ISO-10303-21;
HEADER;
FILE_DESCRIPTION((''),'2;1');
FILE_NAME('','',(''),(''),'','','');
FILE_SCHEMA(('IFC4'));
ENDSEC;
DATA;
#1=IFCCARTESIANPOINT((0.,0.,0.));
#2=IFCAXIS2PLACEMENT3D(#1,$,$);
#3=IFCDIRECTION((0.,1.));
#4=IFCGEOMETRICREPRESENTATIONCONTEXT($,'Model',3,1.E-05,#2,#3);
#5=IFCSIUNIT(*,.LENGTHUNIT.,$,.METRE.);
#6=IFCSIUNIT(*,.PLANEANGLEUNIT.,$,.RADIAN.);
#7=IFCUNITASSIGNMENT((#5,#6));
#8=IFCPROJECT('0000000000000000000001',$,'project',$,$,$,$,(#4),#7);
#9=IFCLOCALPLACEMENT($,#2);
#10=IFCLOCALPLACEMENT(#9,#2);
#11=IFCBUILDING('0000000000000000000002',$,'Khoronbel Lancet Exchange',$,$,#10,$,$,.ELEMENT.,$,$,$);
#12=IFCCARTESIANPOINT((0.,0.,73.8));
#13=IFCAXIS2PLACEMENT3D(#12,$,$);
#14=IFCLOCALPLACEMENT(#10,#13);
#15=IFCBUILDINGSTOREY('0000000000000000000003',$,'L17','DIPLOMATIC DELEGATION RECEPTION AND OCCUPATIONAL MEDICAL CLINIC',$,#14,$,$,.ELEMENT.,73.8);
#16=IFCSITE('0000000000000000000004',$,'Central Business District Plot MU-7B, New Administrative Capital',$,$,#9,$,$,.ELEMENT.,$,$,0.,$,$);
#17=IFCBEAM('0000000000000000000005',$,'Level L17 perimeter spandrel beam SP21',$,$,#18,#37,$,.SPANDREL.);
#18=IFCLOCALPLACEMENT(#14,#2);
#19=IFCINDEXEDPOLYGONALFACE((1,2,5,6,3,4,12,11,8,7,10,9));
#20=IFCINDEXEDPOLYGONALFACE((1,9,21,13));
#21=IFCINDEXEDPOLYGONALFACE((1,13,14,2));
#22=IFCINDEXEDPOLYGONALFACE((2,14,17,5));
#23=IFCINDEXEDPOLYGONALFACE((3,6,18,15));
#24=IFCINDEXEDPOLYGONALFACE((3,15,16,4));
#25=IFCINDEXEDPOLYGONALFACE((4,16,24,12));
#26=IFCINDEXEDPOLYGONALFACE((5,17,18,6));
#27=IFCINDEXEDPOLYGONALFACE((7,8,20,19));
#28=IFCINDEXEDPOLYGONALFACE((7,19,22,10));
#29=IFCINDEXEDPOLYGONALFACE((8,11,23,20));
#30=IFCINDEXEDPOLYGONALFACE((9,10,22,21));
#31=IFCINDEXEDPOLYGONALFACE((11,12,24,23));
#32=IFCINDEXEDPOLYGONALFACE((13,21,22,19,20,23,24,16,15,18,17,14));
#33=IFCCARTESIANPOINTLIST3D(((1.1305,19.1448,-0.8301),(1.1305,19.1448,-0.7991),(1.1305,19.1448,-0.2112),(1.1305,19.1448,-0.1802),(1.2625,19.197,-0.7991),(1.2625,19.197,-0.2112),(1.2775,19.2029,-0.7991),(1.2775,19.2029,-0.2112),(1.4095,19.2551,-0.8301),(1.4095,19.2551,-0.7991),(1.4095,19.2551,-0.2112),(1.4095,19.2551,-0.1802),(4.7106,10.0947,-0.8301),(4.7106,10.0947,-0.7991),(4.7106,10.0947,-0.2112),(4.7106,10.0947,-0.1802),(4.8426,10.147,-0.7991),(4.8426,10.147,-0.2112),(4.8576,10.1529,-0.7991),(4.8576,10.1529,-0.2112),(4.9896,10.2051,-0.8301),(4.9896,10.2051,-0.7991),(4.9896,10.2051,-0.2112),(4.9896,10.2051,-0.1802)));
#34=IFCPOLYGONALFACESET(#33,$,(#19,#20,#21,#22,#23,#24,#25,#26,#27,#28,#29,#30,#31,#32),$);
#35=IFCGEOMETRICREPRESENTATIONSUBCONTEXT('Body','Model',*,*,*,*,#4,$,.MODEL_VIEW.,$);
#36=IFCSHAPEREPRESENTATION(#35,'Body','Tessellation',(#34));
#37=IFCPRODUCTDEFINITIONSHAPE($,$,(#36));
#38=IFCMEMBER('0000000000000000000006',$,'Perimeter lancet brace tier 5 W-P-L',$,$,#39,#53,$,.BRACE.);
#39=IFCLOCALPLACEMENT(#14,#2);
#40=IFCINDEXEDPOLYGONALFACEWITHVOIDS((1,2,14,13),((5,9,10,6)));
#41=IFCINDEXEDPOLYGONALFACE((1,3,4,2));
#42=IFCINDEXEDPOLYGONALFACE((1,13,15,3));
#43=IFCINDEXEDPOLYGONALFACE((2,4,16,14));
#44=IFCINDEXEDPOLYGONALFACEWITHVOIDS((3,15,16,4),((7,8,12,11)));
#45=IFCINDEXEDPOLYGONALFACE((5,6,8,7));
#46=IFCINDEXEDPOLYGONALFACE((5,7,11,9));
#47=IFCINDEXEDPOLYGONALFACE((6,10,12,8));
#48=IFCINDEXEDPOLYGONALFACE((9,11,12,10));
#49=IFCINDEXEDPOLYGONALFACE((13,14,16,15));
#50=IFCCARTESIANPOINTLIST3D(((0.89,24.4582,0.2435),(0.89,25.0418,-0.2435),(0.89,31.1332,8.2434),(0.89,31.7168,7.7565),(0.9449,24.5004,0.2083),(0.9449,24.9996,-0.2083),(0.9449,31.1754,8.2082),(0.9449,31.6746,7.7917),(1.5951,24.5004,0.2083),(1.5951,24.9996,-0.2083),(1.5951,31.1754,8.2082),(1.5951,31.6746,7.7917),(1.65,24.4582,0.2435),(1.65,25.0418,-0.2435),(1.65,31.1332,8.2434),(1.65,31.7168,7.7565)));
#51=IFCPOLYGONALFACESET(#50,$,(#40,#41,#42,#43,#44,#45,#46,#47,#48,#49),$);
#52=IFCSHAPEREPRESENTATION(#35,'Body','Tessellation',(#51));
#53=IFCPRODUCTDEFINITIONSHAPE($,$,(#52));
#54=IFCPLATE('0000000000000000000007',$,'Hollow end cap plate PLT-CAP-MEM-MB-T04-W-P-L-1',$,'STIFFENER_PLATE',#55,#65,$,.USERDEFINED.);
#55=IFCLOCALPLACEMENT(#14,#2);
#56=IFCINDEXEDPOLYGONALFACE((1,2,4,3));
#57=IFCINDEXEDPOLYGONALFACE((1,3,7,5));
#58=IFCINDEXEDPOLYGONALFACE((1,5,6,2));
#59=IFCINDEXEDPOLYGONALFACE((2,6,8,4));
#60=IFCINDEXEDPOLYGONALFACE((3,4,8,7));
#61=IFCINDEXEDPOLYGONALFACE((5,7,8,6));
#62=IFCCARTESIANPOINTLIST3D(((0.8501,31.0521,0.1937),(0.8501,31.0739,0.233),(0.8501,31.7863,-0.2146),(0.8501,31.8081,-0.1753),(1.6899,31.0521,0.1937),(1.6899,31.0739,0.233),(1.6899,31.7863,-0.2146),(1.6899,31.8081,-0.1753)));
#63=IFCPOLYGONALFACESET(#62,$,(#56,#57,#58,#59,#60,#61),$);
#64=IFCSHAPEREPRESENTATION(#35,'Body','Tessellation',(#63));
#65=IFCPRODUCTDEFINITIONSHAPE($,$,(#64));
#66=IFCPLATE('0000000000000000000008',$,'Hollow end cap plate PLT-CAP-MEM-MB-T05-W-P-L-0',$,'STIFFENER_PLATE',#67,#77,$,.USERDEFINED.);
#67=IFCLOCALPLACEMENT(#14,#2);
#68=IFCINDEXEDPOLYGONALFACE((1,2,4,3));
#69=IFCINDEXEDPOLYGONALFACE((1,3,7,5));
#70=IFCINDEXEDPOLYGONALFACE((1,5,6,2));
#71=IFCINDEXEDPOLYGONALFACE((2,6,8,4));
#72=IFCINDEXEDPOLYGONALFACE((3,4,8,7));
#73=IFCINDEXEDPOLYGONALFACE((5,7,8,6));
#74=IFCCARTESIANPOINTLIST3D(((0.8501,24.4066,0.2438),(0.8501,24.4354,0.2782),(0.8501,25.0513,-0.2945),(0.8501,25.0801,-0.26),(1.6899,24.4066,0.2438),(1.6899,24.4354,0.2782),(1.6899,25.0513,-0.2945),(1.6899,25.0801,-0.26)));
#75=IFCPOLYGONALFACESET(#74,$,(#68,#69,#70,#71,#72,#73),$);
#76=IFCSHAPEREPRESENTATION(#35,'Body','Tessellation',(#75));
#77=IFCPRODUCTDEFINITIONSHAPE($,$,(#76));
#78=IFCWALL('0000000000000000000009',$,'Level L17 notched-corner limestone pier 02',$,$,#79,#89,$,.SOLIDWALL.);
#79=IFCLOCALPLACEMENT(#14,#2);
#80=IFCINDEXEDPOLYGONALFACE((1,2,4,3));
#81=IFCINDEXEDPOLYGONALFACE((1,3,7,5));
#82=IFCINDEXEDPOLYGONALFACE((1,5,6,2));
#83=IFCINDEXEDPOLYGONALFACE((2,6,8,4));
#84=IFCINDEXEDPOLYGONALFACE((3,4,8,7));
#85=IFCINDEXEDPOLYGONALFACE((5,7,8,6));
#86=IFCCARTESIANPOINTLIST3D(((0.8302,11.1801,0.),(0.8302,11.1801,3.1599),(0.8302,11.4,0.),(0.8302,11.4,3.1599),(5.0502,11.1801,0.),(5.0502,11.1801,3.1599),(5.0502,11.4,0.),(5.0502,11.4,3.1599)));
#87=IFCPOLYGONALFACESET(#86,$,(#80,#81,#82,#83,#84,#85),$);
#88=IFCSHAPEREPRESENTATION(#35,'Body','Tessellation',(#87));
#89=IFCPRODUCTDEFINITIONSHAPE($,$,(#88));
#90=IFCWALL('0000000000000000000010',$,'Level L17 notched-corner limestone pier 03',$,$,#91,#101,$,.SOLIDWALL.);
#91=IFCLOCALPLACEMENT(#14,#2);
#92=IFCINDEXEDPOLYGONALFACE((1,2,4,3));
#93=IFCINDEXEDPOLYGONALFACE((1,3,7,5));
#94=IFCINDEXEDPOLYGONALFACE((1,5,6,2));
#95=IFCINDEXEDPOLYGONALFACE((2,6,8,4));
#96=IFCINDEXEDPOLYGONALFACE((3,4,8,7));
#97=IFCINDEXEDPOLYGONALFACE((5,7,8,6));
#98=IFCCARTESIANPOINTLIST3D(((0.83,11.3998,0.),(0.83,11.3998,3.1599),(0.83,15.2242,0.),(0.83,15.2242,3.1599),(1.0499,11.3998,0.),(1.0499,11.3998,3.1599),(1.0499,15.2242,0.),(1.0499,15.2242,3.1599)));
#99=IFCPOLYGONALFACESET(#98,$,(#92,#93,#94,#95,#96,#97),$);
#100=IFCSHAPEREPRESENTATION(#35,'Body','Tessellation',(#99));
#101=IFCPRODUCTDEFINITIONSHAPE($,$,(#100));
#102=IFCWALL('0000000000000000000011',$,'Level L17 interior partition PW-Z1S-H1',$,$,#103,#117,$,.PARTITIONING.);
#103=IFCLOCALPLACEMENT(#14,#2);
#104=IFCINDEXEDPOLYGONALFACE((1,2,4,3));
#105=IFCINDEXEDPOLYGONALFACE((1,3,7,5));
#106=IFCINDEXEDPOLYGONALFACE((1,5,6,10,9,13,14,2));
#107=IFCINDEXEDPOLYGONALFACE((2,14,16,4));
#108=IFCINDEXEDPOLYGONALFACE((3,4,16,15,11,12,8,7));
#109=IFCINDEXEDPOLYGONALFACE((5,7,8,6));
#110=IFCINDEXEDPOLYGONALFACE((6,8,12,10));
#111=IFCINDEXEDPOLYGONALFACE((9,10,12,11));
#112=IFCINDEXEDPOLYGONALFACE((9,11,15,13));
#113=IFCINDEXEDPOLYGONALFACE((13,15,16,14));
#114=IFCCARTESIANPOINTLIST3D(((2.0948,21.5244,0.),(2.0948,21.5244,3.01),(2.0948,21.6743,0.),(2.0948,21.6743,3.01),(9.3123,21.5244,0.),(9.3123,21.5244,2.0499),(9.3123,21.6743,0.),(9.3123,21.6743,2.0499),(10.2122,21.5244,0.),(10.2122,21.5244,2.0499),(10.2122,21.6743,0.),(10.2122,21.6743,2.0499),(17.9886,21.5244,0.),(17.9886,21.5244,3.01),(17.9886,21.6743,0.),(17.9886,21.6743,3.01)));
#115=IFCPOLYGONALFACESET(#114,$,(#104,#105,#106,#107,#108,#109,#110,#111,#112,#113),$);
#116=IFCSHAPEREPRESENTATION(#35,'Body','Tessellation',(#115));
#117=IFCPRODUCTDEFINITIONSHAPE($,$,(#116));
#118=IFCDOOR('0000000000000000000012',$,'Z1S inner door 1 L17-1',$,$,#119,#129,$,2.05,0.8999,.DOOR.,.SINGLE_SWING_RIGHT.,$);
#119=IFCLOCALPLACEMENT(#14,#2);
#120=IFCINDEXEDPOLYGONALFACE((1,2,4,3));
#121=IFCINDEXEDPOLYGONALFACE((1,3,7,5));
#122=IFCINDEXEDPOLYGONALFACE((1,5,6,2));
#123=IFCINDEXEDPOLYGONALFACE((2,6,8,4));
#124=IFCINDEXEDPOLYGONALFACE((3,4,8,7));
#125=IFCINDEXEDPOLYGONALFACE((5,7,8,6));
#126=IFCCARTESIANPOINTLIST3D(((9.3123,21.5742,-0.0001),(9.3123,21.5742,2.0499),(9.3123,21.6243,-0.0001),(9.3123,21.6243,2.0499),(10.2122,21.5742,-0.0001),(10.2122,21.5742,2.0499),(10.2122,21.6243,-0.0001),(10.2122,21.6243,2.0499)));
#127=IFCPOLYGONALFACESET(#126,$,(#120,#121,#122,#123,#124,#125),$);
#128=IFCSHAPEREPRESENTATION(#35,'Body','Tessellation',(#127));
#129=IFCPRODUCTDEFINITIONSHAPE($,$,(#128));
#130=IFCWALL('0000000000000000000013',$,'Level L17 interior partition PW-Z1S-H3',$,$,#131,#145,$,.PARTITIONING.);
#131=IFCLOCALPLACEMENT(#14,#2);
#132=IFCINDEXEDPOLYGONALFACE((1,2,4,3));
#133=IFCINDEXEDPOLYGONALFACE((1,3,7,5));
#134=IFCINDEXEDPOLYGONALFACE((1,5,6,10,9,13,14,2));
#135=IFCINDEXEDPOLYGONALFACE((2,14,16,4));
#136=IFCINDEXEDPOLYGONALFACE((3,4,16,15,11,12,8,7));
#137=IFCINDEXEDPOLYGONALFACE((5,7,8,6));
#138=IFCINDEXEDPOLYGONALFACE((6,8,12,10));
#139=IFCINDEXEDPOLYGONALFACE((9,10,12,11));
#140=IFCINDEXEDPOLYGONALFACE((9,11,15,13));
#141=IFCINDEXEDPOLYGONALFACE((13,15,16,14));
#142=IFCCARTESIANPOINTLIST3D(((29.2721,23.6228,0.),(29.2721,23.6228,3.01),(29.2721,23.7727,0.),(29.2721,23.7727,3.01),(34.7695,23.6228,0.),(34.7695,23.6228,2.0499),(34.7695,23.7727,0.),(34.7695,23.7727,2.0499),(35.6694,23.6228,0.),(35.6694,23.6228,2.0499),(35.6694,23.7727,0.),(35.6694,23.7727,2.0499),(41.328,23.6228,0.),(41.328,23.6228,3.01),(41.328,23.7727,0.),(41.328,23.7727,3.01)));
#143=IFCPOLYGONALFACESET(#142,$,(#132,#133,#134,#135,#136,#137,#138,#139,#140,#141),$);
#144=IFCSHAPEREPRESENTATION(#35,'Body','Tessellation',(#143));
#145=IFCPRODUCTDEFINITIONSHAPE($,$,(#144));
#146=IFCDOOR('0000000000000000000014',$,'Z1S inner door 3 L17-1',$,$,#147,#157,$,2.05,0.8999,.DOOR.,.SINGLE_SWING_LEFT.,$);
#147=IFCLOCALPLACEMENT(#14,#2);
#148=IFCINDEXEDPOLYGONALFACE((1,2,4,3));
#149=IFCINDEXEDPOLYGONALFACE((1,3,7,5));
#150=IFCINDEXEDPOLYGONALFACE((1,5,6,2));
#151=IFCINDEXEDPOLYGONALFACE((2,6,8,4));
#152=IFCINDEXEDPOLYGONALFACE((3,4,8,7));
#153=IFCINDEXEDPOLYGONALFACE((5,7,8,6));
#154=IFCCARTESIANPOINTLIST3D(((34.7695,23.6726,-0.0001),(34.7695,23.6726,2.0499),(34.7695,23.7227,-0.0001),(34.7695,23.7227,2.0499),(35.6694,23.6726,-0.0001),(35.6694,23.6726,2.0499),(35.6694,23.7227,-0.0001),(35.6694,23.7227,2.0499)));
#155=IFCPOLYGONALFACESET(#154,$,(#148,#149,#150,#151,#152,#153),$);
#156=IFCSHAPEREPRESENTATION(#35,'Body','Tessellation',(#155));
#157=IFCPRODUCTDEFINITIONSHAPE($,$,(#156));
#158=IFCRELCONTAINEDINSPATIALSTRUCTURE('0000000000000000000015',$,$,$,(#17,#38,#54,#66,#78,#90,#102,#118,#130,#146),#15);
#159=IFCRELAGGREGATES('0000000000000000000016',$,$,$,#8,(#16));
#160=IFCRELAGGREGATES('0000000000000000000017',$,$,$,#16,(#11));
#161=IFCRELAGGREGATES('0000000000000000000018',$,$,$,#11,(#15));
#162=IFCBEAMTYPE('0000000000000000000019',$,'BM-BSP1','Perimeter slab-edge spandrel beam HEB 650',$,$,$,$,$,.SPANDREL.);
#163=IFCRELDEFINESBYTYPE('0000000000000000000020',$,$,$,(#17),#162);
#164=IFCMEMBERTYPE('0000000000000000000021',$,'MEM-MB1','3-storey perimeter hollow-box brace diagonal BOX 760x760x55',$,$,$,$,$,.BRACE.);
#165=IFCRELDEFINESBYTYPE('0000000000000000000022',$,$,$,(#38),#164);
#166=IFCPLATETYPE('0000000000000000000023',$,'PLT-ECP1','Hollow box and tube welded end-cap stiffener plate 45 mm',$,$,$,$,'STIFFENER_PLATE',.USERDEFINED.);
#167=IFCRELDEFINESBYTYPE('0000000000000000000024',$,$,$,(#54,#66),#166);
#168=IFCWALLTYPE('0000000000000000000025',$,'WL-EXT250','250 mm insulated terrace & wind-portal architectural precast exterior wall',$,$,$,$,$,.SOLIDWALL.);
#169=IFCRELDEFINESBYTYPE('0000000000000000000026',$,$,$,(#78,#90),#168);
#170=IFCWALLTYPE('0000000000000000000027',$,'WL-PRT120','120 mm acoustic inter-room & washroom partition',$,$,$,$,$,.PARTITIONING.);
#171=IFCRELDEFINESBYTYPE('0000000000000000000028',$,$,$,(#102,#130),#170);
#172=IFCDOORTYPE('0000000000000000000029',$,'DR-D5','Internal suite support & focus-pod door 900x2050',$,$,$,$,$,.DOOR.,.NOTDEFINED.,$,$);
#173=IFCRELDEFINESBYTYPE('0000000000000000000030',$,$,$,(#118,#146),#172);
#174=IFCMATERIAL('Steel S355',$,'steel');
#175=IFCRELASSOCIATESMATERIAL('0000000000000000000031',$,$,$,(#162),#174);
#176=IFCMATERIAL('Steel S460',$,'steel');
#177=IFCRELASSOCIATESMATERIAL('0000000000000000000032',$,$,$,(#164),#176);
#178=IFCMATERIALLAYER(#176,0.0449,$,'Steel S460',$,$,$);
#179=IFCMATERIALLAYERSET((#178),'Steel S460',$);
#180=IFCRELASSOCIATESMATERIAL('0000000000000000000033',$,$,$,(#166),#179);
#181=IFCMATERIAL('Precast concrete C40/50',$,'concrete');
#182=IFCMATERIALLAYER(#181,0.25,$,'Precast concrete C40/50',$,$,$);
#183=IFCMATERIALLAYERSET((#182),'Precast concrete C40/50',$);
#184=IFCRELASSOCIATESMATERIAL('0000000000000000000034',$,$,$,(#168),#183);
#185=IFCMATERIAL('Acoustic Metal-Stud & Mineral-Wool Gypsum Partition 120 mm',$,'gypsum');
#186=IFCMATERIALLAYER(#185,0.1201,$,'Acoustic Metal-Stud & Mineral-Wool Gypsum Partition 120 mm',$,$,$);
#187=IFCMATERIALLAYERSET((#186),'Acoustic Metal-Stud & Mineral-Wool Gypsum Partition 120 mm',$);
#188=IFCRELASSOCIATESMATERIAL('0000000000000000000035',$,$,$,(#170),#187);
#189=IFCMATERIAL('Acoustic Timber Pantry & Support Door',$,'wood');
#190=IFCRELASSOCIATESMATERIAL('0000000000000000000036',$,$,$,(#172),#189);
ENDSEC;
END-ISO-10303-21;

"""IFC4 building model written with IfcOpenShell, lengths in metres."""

from ifc_helpers import new_model, si_unit, direction, frame, frame_2d, origin, origin_2d, place, context, subcontext, project, spatial, polyline, rectangle, hollow_rectangle, i_section, outline, extrude, material, layer, layer_set, material_profile, profile_set, type_object, element, fill, save


model = new_model("IFC4")

# Units and contexts
model_context = context("Model", 3, precision=1e-05, world=origin(), true_north=direction((0.0, 1.0)))
body_context = subcontext(model_context, "Body", "Model", "MODEL_VIEW")
ifc_project = project(units=[si_unit("LENGTHUNIT", "METRE"), si_unit("PLANEANGLEUNIT", "RADIAN")], contexts=[model_context])

# Site, building, storey
site_placement = place(None, origin())
site = spatial("IfcSite", under=ifc_project, at=site_placement, Name="Central Business District Plot MU-7B, New Administrative Capital", CompositionType="ELEMENT", RefElevation=0.0)
building_placement = place(site_placement, origin())
building = spatial("IfcBuilding", under=site, at=building_placement, Name="Khoronbel Lancet Exchange", CompositionType="ELEMENT")
storey_placement = place(building_placement, frame((0.0, 0.0, 73.8)))
storey = spatial("IfcBuildingStorey", under=building, at=storey_placement, Name="L17", Description="DIPLOMATIC DELEGATION RECEPTION AND OCCUPATIONAL MEDICAL CLINIC", CompositionType="ELEMENT", Elevation=73.8)

# Shared definitions
ifc_material_1 = material(Name="Steel S355", Category="steel")

# Beam
ifc_material_profile_1 = material_profile(ifc_material_1, i_section(OverallWidth=0.3, OverallDepth=0.6499, WebThickness=0.0161, FlangeThickness=0.031, at=origin_2d()), Name="HEB 650")
ifc_profile_set_1 = profile_set([ifc_material_profile_1], Name="Steel S355")
beam_type_1 = type_object("IfcBeamType", Name="BM-BSP1", Description="Perimeter slab-edge spandrel beam HEB 650", PredefinedType="SPANDREL", material=ifc_profile_set_1)
beam_1_placement = place(storey_placement, frame((1.27, 19.2, -0.5051), z_axis=(0.36785, -0.929885, 0.0), x_axis=(0.929885, 0.36785, 0.0)))
element("IfcBeam", 1, at=beam_1_placement, inside=storey, type_object=beam_type_1, Name="Level L17 perimeter spandrel beam SP21", PredefinedType="SPANDREL", context=body_context, shape_type="SweptSolid", body=[
    extrude(i_section(OverallWidth=0.3, OverallDepth=0.6499, WebThickness=0.0161, FlangeThickness=0.031, at=origin_2d()), origin(), (0.0, 0.0, 1.0), 9.7324),
])

# Member
ifc_material_2 = material(Name="Steel S460", Category="steel")
ifc_material_profile_2 = material_profile(ifc_material_2, hollow_rectangle(XDim=0.76, YDim=0.76, WallThickness=0.0549, at=origin_2d()), Name="BOX 760x760x55")
ifc_profile_set_2 = profile_set([ifc_material_profile_2], Name="Steel S460")
member_type = type_object("IfcMemberType", Name="MEM-MB1", Description="3-storey perimeter hollow-box brace diagonal BOX 760x760x55", PredefinedType="BRACE", material=ifc_profile_set_2)
member_placement = place(storey_placement, frame((1.27, 24.75, 0.0), z_axis=(0.0, 0.640659, 0.767825), x_axis=(-1.0, 0.0, 0.0)))
element("IfcMember", 2, at=member_placement, inside=storey, type_object=member_type, Name="Perimeter lancet brace tier 5 W-P-L", PredefinedType="BRACE", context=body_context, shape_type="SweptSolid", body=[
    extrude(hollow_rectangle(XDim=0.76, YDim=0.76, WallThickness=0.0549, at=origin_2d()), origin(), (0.0, 0.0, 1.0), 10.4189),
])

# Plates
ifc_layer_1 = layer(ifc_material_2, 0.0449, Name="Steel S460")
ifc_layer_set_1 = layer_set([ifc_layer_1], Name="Steel S460")
plate_type = type_object("IfcPlateType", Name="PLT-ECP1", Description="Hollow box and tube welded end-cap stiffener plate 45 mm", ElementType="STIFFENER_PLATE", PredefinedType="USERDEFINED", material=ifc_layer_set_1)
plate_1_placement = place(storey_placement, frame((1.6899, 31.8081, -0.1753), z_axis=(0.0, 0.485964, 0.873979), x_axis=(-1.0, 0.0, 0.0)))
element("IfcPlate", 3, at=plate_1_placement, inside=storey, type_object=plate_type, Name="Hollow end cap plate PLT-CAP-MEM-MB-T04-W-P-L-1", ObjectType="STIFFENER_PLATE", PredefinedType="USERDEFINED", context=body_context, shape_type="SweptSolid", body=[
    extrude(outline(polyline([(0.0, 0.0), (0.8398, 0.0), (0.8398, 0.8401), (0.0, 0.8401), (0.0, 0.0)])), origin(), (0.0, 0.0, -1.0), 0.0449),
])
plate_2_placement = place(storey_placement, frame((1.6899, 25.0801, -0.26), z_axis=(0.0, 0.640899, 0.767625), x_axis=(-1.0, 0.0, 0.0)))
element("IfcPlate", 4, at=plate_2_placement, inside=storey, type_object=plate_type, Name="Hollow end cap plate PLT-CAP-MEM-MB-T05-W-P-L-0", ObjectType="STIFFENER_PLATE", PredefinedType="USERDEFINED", context=body_context, shape_type="SweptSolid", body=[
    extrude(outline(polyline([(0.0, 0.0), (0.8398, 0.0), (0.8398, 0.8398), (0.0, 0.8398), (0.0, 0.0)])), origin(), (0.0, 0.0, -1.0), 0.0449),
])

# Walls
ifc_material_3 = material(Name="Precast concrete C40/50", Category="concrete")
ifc_layer_2 = layer(ifc_material_3, 0.25, Name="Precast concrete C40/50")
ifc_layer_set_2 = layer_set([ifc_layer_2], Name="Precast concrete C40/50")
wall_type_1 = type_object("IfcWallType", Name="WL-EXT250", Description="250 mm insulated terrace & wind-portal architectural precast exterior wall", PredefinedType="SOLIDWALL", material=ifc_layer_set_2)
wall_1_placement = place(storey_placement, frame((5.05, 11.29, 0.0), z_axis=(0.0, 0.0, 1.0), x_axis=(-1.0, 0.0, 0.0)))
element("IfcWall", 5, at=wall_1_placement, inside=storey, type_object=wall_type_1, Name="Level L17 notched-corner limestone pier 02", PredefinedType="SOLIDWALL", context=body_context, shape_type="SweptSolid", body=[
    extrude(rectangle(XDim=4.22, YDim=0.22, at=frame_2d((2.1099, 0.0))), origin(), (0.0, 0.0, 1.0), 3.1599),
])
wall_2_placement = place(storey_placement, frame((0.9399, 11.3999, 0.0), z_axis=(0.0, 0.0, 1.0), x_axis=(0.0, 1.0, 0.0)))
element("IfcWall", 6, at=wall_2_placement, inside=storey, type_object=wall_type_1, Name="Level L17 notched-corner limestone pier 03", PredefinedType="SOLIDWALL", context=body_context, shape_type="SweptSolid", body=[
    extrude(rectangle(XDim=3.8245, YDim=0.22, at=frame_2d((1.9121, 0.0))), origin(), (0.0, 0.0, 1.0), 3.1599),
])

# Walls, openings, doors
ifc_material_4 = material(Name="Acoustic Metal-Stud & Mineral-Wool Gypsum Partition 120 mm", Category="gypsum")
ifc_layer_3 = layer(ifc_material_4, 0.1201, Name="Acoustic Metal-Stud & Mineral-Wool Gypsum Partition 120 mm")
ifc_layer_set_3 = layer_set([ifc_layer_3], Name="Acoustic Metal-Stud & Mineral-Wool Gypsum Partition 120 mm")
wall_type_2 = type_object("IfcWallType", Name="WL-PRT120", Description="120 mm acoustic inter-room & washroom partition", PredefinedType="PARTITIONING", material=ifc_layer_set_3)
wall_3_placement = place(storey_placement, frame((2.095, 21.5994, 0.0), z_axis=(0.0, 0.0, 1.0), x_axis=(1.0, 0.0, 0.0)))
wall_3 = element("IfcWall", 7, at=wall_3_placement, inside=storey, type_object=wall_type_2, Name="Level L17 interior partition PW-Z1S-H1", PredefinedType="PARTITIONING", context=body_context, shape_type="SweptSolid", body=[
    extrude(rectangle(XDim=15.8938, YDim=0.1499, at=frame_2d((7.9468, 0.0))), origin(), (0.0, 0.0, 1.0), 3.01),
])
opening_1_placement = place(wall_3_placement, frame((7.2173, 0.0, 0.0)))
opening_1 = element("IfcOpeningElement", 8, at=opening_1_placement, cuts=wall_3, PredefinedType="OPENING", context=body_context, shape_type="SweptSolid", body=[
    extrude(rectangle(XDim=0.8999, YDim=2.05, at=frame_2d((0.45, 1.0249))), frame((0.0, 0.085, 0.0), z_axis=(0.0, -1.0, 0.0), x_axis=(1.0, 0.0, 0.0)), (0.0, 0.0, 1.0), 0.1699),
])
ifc_material_5 = material(Name="Acoustic Timber Pantry & Support Door", Category="wood")
door_type = type_object("IfcDoorType", Name="DR-D5", Description="Internal suite support & focus-pod door 900x2050", OperationType="NOTDEFINED", PredefinedType="DOOR", material=ifc_material_5)
door_1_placement = place(opening_1_placement, origin())
door_1 = element("IfcDoor", 9, at=door_1_placement, inside=storey, type_object=door_type, Name="Z1S inner door 1 L17-1", OperationType="SINGLE_SWING_RIGHT", OverallHeight=2.05, OverallWidth=0.8999, PredefinedType="DOOR", context=body_context, shape_type="SweptSolid", body=[
    extrude(rectangle(XDim=0.8999, YDim=2.05, at=frame_2d((0.45, 1.0249))), frame((0.0, 0.0249, 0.0), z_axis=(0.0, -1.0, 0.0), x_axis=(1.0, 0.0, 0.0)), (0.0, 0.0, 1.0), 0.05),
])
fill(opening_1, door_1)
wall_4_placement = place(storey_placement, frame((29.2722, 23.6978, 0.0), z_axis=(0.0, 0.0, 1.0), x_axis=(1.0, 0.0, 0.0)))
wall_4 = element("IfcWall", 10, at=wall_4_placement, inside=storey, type_object=wall_type_2, Name="Level L17 interior partition PW-Z1S-H3", PredefinedType="PARTITIONING", context=body_context, shape_type="SweptSolid", body=[
    extrude(rectangle(XDim=12.0559, YDim=0.1499, at=frame_2d((6.0278, 0.0))), origin(), (0.0, 0.0, 1.0), 3.01),
])
opening_2_placement = place(wall_4_placement, frame((5.4973, 0.0, 0.0)))
opening_2 = element("IfcOpeningElement", 11, at=opening_2_placement, cuts=wall_4, PredefinedType="OPENING", context=body_context, shape_type="SweptSolid", body=[
    extrude(rectangle(XDim=0.8999, YDim=2.05, at=frame_2d((0.45, 1.0249))), frame((0.0, 0.085, 0.0), z_axis=(0.0, -1.0, 0.0), x_axis=(1.0, 0.0, 0.0)), (0.0, 0.0, 1.0), 0.1699),
])
door_2_placement = place(opening_2_placement, origin())
door_2 = element("IfcDoor", 12, at=door_2_placement, inside=storey, type_object=door_type, Name="Z1S inner door 3 L17-1", OperationType="SINGLE_SWING_LEFT", OverallHeight=2.05, OverallWidth=0.8999, PredefinedType="DOOR", context=body_context, shape_type="SweptSolid", body=[
    extrude(rectangle(XDim=0.8999, YDim=2.05, at=frame_2d((0.45, 1.0249))), frame((0.0, 0.0249, 0.0), z_axis=(0.0, -1.0, 0.0), x_axis=(1.0, 0.0, 0.0)), (0.0, 0.0, 1.0), 0.05),
])
fill(opening_2, door_2)

save(model, "model.ifc")
